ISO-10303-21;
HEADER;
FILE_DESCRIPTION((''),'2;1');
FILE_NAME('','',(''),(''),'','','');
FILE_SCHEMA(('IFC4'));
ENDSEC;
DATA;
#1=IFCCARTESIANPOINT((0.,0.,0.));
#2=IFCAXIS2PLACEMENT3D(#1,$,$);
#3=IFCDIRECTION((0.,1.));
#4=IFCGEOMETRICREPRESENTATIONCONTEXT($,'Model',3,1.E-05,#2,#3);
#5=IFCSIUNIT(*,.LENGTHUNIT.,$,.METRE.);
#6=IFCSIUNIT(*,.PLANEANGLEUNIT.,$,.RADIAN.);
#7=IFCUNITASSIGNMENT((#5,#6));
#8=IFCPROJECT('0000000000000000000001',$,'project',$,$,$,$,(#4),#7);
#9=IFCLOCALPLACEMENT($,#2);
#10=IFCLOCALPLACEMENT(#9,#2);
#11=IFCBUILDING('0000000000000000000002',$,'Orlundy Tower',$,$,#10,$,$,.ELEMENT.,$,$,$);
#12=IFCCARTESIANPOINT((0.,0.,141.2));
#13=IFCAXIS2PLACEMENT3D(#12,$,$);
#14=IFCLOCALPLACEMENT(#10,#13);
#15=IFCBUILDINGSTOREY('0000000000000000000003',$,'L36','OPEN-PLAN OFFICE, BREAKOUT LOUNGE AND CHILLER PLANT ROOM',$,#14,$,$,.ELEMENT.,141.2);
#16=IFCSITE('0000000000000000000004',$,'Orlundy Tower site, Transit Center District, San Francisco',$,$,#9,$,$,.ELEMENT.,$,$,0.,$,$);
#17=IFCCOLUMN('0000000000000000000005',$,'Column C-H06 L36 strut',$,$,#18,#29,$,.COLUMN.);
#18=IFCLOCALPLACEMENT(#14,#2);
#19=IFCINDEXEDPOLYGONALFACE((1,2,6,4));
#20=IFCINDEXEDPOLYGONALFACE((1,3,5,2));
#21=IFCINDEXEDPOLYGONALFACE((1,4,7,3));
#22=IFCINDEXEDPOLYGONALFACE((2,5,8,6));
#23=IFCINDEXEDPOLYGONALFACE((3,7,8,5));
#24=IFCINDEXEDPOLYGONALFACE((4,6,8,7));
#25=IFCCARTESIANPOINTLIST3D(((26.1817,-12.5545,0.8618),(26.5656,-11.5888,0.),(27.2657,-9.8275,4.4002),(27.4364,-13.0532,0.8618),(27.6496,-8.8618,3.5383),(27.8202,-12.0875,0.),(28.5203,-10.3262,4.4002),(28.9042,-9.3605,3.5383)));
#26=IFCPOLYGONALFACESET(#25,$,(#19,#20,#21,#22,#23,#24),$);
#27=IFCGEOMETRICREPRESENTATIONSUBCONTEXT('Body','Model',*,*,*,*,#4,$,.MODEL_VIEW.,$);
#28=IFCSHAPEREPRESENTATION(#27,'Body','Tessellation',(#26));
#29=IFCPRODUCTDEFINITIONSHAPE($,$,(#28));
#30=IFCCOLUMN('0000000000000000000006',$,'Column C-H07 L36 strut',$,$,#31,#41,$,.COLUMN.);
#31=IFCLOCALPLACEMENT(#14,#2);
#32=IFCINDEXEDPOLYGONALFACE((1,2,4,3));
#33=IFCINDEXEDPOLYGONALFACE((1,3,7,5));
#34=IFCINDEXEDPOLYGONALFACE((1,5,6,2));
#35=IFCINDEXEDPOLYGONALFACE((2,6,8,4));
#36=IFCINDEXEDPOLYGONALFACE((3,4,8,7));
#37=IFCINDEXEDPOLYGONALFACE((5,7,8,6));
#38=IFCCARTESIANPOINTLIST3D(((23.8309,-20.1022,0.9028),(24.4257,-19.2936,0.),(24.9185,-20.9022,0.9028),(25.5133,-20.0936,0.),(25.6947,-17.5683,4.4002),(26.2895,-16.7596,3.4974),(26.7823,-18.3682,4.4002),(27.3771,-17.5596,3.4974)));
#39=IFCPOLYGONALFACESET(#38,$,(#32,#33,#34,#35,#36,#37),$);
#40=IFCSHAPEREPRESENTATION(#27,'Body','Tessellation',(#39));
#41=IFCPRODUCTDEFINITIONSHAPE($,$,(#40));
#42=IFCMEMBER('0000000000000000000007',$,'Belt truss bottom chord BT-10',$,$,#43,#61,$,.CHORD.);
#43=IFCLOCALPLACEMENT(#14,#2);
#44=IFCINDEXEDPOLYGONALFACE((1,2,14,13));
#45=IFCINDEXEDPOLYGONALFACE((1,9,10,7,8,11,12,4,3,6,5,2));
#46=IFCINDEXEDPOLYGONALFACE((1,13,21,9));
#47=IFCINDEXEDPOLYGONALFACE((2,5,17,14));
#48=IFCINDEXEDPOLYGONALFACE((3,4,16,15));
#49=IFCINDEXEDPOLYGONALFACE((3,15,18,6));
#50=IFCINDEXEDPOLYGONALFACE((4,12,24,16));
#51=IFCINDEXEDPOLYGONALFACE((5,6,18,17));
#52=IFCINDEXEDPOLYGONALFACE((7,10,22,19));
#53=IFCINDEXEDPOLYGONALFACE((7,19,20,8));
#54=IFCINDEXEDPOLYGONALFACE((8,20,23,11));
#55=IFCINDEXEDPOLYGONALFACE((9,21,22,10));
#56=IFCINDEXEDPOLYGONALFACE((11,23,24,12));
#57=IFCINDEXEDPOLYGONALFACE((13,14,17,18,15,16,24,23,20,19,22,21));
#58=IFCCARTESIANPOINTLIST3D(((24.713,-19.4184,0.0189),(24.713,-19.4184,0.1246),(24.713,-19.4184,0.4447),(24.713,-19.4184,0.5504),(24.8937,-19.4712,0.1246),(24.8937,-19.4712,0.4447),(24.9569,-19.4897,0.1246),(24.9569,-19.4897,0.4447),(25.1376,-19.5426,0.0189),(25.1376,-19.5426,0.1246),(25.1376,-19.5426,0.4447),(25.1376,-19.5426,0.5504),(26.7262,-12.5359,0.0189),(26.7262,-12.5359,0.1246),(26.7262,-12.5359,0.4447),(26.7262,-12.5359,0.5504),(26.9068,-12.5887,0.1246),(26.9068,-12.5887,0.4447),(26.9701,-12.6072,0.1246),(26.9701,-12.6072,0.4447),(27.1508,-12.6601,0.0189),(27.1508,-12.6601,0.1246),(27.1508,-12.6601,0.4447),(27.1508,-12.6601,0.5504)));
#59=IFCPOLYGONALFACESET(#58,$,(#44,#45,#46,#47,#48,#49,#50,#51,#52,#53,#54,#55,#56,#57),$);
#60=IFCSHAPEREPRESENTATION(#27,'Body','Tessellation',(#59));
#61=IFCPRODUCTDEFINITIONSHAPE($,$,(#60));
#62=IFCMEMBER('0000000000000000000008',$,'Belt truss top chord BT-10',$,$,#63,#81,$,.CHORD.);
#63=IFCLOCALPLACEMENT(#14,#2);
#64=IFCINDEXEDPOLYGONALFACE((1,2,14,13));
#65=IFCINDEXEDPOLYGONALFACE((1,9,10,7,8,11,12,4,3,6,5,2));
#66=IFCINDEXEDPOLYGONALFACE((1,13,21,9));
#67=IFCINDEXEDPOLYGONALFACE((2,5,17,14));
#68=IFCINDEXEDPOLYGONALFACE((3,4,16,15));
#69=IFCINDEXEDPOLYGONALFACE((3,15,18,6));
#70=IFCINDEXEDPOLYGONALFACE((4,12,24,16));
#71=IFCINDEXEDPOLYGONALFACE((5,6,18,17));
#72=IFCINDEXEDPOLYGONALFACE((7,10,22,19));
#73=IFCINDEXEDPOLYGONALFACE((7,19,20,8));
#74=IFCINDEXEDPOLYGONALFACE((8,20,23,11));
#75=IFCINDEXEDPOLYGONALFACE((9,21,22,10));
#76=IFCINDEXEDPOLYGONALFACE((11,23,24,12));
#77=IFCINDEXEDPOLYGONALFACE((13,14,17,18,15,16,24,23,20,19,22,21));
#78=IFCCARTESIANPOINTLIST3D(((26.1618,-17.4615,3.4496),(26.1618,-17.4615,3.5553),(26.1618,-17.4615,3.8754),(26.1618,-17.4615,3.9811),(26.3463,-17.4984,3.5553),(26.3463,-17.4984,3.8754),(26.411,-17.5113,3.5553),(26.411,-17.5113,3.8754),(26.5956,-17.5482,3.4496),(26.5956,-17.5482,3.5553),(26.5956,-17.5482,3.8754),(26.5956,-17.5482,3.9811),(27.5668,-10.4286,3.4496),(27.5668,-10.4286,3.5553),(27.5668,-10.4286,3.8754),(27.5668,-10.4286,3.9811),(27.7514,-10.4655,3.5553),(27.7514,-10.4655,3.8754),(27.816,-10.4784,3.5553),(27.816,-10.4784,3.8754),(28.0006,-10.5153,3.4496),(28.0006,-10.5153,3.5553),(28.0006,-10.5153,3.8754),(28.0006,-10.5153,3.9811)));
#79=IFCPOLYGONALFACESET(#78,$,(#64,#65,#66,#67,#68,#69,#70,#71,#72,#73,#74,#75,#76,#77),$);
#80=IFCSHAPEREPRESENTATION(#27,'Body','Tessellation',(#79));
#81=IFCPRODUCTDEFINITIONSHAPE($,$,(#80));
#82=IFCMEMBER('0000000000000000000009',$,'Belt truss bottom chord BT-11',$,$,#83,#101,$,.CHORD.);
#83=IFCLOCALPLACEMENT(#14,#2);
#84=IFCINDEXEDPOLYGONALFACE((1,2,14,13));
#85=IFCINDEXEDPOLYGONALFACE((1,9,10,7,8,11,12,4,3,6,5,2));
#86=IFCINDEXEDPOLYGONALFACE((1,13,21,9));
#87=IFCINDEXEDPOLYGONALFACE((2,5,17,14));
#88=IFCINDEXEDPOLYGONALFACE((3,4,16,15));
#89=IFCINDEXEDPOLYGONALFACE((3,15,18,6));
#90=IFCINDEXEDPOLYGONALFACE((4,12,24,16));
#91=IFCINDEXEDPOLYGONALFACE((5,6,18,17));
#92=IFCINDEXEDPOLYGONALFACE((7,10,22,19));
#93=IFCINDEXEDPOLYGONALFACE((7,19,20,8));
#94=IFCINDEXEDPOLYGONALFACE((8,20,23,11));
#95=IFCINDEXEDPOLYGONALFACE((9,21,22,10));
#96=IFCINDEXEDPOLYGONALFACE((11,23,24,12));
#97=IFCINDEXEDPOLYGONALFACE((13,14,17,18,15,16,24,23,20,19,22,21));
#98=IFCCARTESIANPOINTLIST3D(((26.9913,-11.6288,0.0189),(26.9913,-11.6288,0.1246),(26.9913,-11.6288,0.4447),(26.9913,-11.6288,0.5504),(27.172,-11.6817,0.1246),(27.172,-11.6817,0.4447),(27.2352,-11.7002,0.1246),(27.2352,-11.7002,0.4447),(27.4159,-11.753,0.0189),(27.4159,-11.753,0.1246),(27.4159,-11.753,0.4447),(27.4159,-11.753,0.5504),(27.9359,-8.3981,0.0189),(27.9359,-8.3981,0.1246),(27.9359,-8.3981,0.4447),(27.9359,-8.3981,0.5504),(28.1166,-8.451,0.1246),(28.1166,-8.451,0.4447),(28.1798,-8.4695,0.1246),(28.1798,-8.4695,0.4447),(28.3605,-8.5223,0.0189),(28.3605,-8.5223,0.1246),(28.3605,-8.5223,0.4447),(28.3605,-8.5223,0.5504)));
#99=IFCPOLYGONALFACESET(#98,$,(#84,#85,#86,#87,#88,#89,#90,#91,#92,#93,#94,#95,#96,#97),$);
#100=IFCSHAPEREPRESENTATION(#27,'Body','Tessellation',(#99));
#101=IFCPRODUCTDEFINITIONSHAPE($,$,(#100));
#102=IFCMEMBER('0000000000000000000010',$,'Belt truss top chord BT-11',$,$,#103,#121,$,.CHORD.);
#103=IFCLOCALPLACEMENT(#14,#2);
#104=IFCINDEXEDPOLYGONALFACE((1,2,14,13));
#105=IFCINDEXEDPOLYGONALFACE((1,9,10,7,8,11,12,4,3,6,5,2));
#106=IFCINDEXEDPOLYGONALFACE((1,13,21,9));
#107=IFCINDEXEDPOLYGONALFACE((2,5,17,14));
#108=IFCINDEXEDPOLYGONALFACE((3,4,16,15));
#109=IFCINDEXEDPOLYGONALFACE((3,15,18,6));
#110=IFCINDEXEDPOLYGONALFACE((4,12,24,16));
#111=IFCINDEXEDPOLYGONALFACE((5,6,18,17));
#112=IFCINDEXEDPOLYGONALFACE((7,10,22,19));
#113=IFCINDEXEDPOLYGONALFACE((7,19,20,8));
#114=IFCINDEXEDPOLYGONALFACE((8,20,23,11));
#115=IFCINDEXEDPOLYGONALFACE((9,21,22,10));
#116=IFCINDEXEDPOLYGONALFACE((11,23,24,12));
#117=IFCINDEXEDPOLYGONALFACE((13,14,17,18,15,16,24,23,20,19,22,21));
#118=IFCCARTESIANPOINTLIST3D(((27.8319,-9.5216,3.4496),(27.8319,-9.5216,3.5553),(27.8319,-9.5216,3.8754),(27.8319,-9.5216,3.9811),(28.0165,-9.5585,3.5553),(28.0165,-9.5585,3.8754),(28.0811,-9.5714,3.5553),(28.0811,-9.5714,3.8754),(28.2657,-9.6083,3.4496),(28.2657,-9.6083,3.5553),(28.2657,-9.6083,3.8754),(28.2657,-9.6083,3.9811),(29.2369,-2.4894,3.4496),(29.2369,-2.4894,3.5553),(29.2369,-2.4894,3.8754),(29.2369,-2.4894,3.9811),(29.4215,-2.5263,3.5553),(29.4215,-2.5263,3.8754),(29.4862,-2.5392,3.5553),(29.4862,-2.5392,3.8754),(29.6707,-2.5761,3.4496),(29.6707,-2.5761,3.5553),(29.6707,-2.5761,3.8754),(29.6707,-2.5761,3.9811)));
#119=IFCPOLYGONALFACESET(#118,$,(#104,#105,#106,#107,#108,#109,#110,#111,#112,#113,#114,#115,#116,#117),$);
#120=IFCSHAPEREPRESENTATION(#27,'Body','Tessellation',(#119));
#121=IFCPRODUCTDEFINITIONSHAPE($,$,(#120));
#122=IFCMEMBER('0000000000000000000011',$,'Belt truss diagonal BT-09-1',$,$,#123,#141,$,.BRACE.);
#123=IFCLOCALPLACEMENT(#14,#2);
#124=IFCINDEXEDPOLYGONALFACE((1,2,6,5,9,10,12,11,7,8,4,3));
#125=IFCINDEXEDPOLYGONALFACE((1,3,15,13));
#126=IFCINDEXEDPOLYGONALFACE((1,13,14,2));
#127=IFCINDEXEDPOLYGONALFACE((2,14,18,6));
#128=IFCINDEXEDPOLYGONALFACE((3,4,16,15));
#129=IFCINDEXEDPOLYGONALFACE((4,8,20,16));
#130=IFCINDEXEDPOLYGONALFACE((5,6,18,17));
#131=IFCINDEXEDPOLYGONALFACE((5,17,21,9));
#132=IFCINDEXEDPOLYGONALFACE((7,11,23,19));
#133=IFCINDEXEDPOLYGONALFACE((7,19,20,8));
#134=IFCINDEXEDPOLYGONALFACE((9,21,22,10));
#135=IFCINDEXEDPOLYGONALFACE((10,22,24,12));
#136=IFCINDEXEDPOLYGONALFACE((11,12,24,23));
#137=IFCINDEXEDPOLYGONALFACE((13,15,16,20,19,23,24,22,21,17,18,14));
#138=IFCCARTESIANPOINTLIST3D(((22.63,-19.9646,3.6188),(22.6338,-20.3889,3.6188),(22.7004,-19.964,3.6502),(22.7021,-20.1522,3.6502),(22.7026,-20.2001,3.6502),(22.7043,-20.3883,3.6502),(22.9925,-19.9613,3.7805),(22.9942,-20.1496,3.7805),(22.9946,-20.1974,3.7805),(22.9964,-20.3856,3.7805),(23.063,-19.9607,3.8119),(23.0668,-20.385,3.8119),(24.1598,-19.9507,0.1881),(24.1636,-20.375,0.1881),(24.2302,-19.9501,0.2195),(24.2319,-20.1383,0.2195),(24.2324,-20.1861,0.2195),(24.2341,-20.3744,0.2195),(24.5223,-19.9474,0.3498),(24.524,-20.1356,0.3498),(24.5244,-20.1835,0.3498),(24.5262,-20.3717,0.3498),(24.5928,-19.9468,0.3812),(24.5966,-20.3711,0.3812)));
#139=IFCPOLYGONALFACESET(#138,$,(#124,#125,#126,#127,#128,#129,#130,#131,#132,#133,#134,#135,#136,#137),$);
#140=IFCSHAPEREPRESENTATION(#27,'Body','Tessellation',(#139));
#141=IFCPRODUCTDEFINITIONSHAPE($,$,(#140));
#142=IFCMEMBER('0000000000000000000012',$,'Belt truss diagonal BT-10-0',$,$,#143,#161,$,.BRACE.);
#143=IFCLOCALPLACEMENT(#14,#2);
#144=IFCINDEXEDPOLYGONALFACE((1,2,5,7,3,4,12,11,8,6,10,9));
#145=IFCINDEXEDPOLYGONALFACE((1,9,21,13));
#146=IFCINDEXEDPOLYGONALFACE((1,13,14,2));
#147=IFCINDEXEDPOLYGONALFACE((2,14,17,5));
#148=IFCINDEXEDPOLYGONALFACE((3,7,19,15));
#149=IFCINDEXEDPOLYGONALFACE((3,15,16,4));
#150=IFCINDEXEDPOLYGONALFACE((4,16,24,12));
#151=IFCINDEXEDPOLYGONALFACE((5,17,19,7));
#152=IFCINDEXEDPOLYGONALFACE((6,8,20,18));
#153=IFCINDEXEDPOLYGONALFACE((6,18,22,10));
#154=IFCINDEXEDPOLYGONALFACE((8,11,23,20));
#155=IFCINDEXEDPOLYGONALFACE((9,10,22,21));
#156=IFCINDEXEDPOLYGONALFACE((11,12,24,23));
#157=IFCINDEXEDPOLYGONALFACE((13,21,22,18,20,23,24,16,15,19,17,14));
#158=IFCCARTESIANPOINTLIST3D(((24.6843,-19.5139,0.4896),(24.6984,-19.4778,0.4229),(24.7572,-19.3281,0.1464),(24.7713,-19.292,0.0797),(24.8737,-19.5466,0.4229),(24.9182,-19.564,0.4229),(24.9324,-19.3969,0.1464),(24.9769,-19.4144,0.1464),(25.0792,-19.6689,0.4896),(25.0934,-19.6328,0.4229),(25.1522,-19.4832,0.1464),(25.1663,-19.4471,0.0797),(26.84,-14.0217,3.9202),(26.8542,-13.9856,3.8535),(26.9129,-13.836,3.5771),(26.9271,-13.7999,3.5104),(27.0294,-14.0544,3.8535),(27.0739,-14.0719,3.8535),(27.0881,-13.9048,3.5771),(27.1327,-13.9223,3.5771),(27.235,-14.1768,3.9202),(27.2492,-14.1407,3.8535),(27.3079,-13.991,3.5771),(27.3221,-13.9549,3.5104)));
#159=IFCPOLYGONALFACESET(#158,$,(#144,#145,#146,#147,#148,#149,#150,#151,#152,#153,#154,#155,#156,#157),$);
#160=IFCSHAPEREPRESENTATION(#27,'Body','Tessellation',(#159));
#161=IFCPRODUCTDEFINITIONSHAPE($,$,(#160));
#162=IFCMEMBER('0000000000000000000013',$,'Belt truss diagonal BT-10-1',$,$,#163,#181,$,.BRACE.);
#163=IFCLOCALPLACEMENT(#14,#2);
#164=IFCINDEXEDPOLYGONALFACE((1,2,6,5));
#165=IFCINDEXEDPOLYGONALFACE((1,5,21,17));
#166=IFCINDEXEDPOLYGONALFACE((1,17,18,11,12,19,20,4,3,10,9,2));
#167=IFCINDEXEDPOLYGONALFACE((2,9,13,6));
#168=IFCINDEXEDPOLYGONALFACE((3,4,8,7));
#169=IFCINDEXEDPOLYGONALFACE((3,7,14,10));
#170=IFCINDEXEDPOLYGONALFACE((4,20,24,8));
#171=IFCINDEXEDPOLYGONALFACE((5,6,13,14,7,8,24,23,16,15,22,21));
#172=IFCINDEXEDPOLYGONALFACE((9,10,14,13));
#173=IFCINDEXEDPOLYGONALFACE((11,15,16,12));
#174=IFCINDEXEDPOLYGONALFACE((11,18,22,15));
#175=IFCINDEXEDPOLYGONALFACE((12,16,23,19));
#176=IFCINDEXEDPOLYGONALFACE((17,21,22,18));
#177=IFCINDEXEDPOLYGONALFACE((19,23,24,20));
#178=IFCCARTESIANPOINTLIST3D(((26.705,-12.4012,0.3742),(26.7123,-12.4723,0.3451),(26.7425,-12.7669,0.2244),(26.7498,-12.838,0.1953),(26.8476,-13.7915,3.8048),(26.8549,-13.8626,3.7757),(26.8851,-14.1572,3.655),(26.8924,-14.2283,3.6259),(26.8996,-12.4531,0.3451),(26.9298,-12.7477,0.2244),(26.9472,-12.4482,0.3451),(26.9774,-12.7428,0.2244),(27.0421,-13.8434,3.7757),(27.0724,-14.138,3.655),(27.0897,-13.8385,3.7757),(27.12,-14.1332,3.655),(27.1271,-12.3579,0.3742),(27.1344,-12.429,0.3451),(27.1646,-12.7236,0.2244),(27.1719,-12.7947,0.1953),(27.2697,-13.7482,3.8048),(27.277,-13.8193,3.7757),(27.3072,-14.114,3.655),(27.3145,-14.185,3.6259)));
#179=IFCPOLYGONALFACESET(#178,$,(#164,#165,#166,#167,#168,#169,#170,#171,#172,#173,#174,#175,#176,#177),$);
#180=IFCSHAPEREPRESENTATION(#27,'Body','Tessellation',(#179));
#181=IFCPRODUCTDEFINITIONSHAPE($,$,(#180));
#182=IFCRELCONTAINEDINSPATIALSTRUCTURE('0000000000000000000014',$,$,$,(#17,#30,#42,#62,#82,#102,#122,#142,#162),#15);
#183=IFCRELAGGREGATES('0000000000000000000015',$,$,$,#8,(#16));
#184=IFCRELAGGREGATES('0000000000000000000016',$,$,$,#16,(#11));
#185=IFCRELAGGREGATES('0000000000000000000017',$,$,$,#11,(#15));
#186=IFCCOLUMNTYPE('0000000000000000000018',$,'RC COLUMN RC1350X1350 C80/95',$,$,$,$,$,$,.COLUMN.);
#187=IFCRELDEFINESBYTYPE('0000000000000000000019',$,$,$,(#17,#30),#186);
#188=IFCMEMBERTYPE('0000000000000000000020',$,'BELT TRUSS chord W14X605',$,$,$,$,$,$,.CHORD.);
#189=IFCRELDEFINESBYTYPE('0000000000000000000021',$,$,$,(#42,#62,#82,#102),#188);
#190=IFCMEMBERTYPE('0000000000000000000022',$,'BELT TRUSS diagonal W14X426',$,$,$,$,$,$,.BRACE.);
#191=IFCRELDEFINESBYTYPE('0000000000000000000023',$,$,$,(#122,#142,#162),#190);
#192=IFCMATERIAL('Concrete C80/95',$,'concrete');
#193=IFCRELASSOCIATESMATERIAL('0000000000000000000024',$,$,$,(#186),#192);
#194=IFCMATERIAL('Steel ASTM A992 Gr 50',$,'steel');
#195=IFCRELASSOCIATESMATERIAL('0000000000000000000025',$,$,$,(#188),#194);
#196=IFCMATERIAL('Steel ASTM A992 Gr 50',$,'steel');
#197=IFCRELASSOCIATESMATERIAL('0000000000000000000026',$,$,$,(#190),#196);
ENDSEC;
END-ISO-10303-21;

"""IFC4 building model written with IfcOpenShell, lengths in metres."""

from ifc_helpers import new_model, si_unit, direction, frame, origin, origin_2d, place, context, subcontext, project, spatial, rectangle, i_section, extrude, material, material_profile, profile_set, type_object, element, save


model = new_model("IFC4")

# Units and contexts
model_context = context("Model", 3, precision=1e-05, world=origin(), true_north=direction((0.0, 1.0)))
body_context = subcontext(model_context, "Body", "Model", "MODEL_VIEW")
ifc_project = project(units=[si_unit("LENGTHUNIT", "METRE"), si_unit("PLANEANGLEUNIT", "RADIAN")], contexts=[model_context])

# Site, building, storey
site_placement = place(None, origin())
site = spatial("IfcSite", under=ifc_project, at=site_placement, Name="Orlundy Tower site, Transit Center District, San Francisco", CompositionType="ELEMENT", RefElevation=0.0)
building_placement = place(site_placement, origin())
building = spatial("IfcBuilding", under=site, at=building_placement, Name="Orlundy Tower", CompositionType="ELEMENT")
storey_placement = place(building_placement, frame((0.0, 0.0, 141.2)))
storey = spatial("IfcBuildingStorey", under=building, at=storey_placement, Name="L36", Description="OPEN-PLAN OFFICE, BREAKOUT LOUNGE AND CHILLER PLANT ROOM", CompositionType="ELEMENT", Elevation=141.2)

# Columns
ifc_material_1 = material(Name="Concrete C80/95", Category="concrete")
ifc_material_profile_1 = material_profile(ifc_material_1, rectangle(XDim=1.3501, YDim=1.3501, at=origin_2d()), Name="RC1350X1350")
ifc_profile_set_1 = profile_set([ifc_material_profile_1], Name="Concrete C80/95")
column_type = type_object("IfcColumnType", Name="RC COLUMN RC1350X1350 C80/95", PredefinedType="COLUMN", material=ifc_profile_set_1)
column_1_placement = place(storey_placement, frame((27.001, -12.321, 0.4309), z_axis=(0.235807, 0.593235, 0.769719), x_axis=(-0.929278, 0.369382, 0.0)))
element("IfcColumn", 1, at=column_1_placement, inside=storey, type_object=column_type, Name="Column C-H06 L36 strut", PredefinedType="COLUMN", context=body_context, shape_type="SweptSolid", body=[
    extrude(rectangle(XDim=1.3501, YDim=1.3501, at=origin_2d()), origin(), (0.0, 0.0, 1.0), 4.5969),
])
column_2_placement = place(storey_placement, frame((24.6721, -20.0979, 0.4514), z_axis=(0.396227, 0.5387, 0.743509), x_axis=(-0.805563, 0.59251, 0.0)))
element("IfcColumn", 2, at=column_2_placement, inside=storey, type_object=column_type, Name="Column C-H07 L36 strut", PredefinedType="COLUMN", context=body_context, shape_type="SweptSolid", body=[
    extrude(rectangle(XDim=1.3501, YDim=1.3501, at=origin_2d()), origin(), (0.0, 0.0, 1.0), 4.7039),
])

# Members
ifc_material_2 = material(Name="Steel ASTM A992 Gr 50", Category="steel")
ifc_material_profile_2 = material_profile(ifc_material_2, i_section(OverallWidth=0.4424, OverallDepth=0.5315, WebThickness=0.0659, FlangeThickness=0.1057, at=origin_2d()), Name="W14X605")
ifc_profile_set_2 = profile_set([ifc_material_profile_2], Name="Steel ASTM A992 Gr 50")
member_type_1 = type_object("IfcMemberType", Name="BELT TRUSS chord W14X605", PredefinedType="CHORD", material=ifc_profile_set_2)
member_1_placement = place(storey_placement, frame((24.9253, -19.4805, 0.2847), z_axis=(0.280741, 0.959784, 0.0), x_axis=(-0.959784, 0.280741, 0.0)))
element("IfcMember", 3, at=member_1_placement, inside=storey, type_object=member_type_1, Name="Belt truss bottom chord BT-10", PredefinedType="CHORD", context=body_context, shape_type="SweptSolid", body=[
    extrude(i_section(OverallWidth=0.4424, OverallDepth=0.5315, WebThickness=0.0659, FlangeThickness=0.1057, at=origin_2d()), origin(), (0.0, 0.0, 1.0), 7.1709),
])
member_2_placement = place(storey_placement, frame((26.3787, -17.5049, 3.7153), z_axis=(0.195907, 0.980623, 0.0), x_axis=(-0.980623, 0.195907, 0.0)))
element("IfcMember", 4, at=member_2_placement, inside=storey, type_object=member_type_1, Name="Belt truss top chord BT-10", PredefinedType="CHORD", context=body_context, shape_type="SweptSolid", body=[
    extrude(i_section(OverallWidth=0.4424, OverallDepth=0.5315, WebThickness=0.0659, FlangeThickness=0.1057, at=origin_2d()), origin(), (0.0, 0.0, 1.0), 7.1719),
])
member_3_placement = place(storey_placement, frame((27.2036, -11.6909, 0.2847), z_axis=(0.280627, 0.959817, 0.0), x_axis=(-0.959817, 0.280627, 0.0)))
element("IfcMember", 5, at=member_3_placement, inside=storey, type_object=member_type_1, Name="Belt truss bottom chord BT-11", PredefinedType="CHORD", context=body_context, shape_type="SweptSolid", body=[
    extrude(i_section(OverallWidth=0.4424, OverallDepth=0.5315, WebThickness=0.0659, FlangeThickness=0.1057, at=origin_2d()), origin(), (0.0, 0.0, 1.0), 3.366),
])
member_4_placement = place(storey_placement, frame((28.0488, -9.5649, 3.7153), z_axis=(0.195926, 0.980619, 0.0), x_axis=(-0.980619, 0.195926, 0.0)))
element("IfcMember", 6, at=member_4_placement, inside=storey, type_object=member_type_1, Name="Belt truss top chord BT-11", PredefinedType="CHORD", context=body_context, shape_type="SweptSolid", body=[
    extrude(i_section(OverallWidth=0.4424, OverallDepth=0.5315, WebThickness=0.0659, FlangeThickness=0.1057, at=origin_2d()), origin(), (0.0, 0.0, 1.0), 7.1711),
])
ifc_material_3 = material(Name="Steel ASTM A992 Gr 50", Category="steel")
ifc_material_profile_3 = material_profile(ifc_material_3, i_section(OverallWidth=0.4243, OverallDepth=0.4741, WebThickness=0.0479, FlangeThickness=0.0771, at=origin_2d()), Name="W14X426")
ifc_profile_set_3 = profile_set([ifc_material_profile_3], Name="Steel ASTM A992 Gr 50")
member_type_2 = type_object("IfcMemberType", Name="BELT TRUSS diagonal W14X426", PredefinedType="BRACE", material=ifc_profile_set_3)
member_5_placement = place(storey_placement, frame((22.8484, -20.1748, 3.7153), z_axis=(0.407257, 0.003705, -0.913306), x_axis=(-0.009096, 0.999959, 0.0)))
element("IfcMember", 7, at=member_5_placement, inside=storey, type_object=member_type_2, Name="Belt truss diagonal BT-09-1", PredefinedType="BRACE", context=body_context, shape_type="SweptSolid", body=[
    extrude(i_section(OverallWidth=0.4243, OverallDepth=0.4741, WebThickness=0.0479, FlangeThickness=0.0771, at=origin_2d()), origin(), (0.0, 0.0, 1.0), 3.7563),
])
member_6_placement = place(storey_placement, frame((24.9253, -19.4805, 0.2847), z_axis=(0.315862, 0.804714, 0.50266), x_axis=(-0.93086, 0.365376, 0.0)))
element("IfcMember", 8, at=member_6_placement, inside=storey, type_object=member_type_2, Name="Belt truss diagonal BT-10-0", PredefinedType="BRACE", context=body_context, shape_type="SweptSolid", body=[
    extrude(i_section(OverallWidth=0.4243, OverallDepth=0.4741, WebThickness=0.0479, FlangeThickness=0.0771, at=origin_2d()), origin(), (0.0, 0.0, 1.0), 6.825),
])
member_7_placement = place(storey_placement, frame((27.0811, -13.9883, 3.7153), z_axis=(-0.038488, 0.375327, -0.926093), x_axis=(-0.994783, -0.102011, 0.0)))
element("IfcMember", 9, at=member_7_placement, inside=storey, type_object=member_type_2, Name="Belt truss diagonal BT-10-1", PredefinedType="BRACE", context=body_context, shape_type="SweptSolid", body=[
    extrude(i_section(OverallWidth=0.4243, OverallDepth=0.4741, WebThickness=0.0479, FlangeThickness=0.0771, at=origin_2d()), origin(), (0.0, 0.0, 1.0), 3.7043),
])

save(model, "model.ifc")
